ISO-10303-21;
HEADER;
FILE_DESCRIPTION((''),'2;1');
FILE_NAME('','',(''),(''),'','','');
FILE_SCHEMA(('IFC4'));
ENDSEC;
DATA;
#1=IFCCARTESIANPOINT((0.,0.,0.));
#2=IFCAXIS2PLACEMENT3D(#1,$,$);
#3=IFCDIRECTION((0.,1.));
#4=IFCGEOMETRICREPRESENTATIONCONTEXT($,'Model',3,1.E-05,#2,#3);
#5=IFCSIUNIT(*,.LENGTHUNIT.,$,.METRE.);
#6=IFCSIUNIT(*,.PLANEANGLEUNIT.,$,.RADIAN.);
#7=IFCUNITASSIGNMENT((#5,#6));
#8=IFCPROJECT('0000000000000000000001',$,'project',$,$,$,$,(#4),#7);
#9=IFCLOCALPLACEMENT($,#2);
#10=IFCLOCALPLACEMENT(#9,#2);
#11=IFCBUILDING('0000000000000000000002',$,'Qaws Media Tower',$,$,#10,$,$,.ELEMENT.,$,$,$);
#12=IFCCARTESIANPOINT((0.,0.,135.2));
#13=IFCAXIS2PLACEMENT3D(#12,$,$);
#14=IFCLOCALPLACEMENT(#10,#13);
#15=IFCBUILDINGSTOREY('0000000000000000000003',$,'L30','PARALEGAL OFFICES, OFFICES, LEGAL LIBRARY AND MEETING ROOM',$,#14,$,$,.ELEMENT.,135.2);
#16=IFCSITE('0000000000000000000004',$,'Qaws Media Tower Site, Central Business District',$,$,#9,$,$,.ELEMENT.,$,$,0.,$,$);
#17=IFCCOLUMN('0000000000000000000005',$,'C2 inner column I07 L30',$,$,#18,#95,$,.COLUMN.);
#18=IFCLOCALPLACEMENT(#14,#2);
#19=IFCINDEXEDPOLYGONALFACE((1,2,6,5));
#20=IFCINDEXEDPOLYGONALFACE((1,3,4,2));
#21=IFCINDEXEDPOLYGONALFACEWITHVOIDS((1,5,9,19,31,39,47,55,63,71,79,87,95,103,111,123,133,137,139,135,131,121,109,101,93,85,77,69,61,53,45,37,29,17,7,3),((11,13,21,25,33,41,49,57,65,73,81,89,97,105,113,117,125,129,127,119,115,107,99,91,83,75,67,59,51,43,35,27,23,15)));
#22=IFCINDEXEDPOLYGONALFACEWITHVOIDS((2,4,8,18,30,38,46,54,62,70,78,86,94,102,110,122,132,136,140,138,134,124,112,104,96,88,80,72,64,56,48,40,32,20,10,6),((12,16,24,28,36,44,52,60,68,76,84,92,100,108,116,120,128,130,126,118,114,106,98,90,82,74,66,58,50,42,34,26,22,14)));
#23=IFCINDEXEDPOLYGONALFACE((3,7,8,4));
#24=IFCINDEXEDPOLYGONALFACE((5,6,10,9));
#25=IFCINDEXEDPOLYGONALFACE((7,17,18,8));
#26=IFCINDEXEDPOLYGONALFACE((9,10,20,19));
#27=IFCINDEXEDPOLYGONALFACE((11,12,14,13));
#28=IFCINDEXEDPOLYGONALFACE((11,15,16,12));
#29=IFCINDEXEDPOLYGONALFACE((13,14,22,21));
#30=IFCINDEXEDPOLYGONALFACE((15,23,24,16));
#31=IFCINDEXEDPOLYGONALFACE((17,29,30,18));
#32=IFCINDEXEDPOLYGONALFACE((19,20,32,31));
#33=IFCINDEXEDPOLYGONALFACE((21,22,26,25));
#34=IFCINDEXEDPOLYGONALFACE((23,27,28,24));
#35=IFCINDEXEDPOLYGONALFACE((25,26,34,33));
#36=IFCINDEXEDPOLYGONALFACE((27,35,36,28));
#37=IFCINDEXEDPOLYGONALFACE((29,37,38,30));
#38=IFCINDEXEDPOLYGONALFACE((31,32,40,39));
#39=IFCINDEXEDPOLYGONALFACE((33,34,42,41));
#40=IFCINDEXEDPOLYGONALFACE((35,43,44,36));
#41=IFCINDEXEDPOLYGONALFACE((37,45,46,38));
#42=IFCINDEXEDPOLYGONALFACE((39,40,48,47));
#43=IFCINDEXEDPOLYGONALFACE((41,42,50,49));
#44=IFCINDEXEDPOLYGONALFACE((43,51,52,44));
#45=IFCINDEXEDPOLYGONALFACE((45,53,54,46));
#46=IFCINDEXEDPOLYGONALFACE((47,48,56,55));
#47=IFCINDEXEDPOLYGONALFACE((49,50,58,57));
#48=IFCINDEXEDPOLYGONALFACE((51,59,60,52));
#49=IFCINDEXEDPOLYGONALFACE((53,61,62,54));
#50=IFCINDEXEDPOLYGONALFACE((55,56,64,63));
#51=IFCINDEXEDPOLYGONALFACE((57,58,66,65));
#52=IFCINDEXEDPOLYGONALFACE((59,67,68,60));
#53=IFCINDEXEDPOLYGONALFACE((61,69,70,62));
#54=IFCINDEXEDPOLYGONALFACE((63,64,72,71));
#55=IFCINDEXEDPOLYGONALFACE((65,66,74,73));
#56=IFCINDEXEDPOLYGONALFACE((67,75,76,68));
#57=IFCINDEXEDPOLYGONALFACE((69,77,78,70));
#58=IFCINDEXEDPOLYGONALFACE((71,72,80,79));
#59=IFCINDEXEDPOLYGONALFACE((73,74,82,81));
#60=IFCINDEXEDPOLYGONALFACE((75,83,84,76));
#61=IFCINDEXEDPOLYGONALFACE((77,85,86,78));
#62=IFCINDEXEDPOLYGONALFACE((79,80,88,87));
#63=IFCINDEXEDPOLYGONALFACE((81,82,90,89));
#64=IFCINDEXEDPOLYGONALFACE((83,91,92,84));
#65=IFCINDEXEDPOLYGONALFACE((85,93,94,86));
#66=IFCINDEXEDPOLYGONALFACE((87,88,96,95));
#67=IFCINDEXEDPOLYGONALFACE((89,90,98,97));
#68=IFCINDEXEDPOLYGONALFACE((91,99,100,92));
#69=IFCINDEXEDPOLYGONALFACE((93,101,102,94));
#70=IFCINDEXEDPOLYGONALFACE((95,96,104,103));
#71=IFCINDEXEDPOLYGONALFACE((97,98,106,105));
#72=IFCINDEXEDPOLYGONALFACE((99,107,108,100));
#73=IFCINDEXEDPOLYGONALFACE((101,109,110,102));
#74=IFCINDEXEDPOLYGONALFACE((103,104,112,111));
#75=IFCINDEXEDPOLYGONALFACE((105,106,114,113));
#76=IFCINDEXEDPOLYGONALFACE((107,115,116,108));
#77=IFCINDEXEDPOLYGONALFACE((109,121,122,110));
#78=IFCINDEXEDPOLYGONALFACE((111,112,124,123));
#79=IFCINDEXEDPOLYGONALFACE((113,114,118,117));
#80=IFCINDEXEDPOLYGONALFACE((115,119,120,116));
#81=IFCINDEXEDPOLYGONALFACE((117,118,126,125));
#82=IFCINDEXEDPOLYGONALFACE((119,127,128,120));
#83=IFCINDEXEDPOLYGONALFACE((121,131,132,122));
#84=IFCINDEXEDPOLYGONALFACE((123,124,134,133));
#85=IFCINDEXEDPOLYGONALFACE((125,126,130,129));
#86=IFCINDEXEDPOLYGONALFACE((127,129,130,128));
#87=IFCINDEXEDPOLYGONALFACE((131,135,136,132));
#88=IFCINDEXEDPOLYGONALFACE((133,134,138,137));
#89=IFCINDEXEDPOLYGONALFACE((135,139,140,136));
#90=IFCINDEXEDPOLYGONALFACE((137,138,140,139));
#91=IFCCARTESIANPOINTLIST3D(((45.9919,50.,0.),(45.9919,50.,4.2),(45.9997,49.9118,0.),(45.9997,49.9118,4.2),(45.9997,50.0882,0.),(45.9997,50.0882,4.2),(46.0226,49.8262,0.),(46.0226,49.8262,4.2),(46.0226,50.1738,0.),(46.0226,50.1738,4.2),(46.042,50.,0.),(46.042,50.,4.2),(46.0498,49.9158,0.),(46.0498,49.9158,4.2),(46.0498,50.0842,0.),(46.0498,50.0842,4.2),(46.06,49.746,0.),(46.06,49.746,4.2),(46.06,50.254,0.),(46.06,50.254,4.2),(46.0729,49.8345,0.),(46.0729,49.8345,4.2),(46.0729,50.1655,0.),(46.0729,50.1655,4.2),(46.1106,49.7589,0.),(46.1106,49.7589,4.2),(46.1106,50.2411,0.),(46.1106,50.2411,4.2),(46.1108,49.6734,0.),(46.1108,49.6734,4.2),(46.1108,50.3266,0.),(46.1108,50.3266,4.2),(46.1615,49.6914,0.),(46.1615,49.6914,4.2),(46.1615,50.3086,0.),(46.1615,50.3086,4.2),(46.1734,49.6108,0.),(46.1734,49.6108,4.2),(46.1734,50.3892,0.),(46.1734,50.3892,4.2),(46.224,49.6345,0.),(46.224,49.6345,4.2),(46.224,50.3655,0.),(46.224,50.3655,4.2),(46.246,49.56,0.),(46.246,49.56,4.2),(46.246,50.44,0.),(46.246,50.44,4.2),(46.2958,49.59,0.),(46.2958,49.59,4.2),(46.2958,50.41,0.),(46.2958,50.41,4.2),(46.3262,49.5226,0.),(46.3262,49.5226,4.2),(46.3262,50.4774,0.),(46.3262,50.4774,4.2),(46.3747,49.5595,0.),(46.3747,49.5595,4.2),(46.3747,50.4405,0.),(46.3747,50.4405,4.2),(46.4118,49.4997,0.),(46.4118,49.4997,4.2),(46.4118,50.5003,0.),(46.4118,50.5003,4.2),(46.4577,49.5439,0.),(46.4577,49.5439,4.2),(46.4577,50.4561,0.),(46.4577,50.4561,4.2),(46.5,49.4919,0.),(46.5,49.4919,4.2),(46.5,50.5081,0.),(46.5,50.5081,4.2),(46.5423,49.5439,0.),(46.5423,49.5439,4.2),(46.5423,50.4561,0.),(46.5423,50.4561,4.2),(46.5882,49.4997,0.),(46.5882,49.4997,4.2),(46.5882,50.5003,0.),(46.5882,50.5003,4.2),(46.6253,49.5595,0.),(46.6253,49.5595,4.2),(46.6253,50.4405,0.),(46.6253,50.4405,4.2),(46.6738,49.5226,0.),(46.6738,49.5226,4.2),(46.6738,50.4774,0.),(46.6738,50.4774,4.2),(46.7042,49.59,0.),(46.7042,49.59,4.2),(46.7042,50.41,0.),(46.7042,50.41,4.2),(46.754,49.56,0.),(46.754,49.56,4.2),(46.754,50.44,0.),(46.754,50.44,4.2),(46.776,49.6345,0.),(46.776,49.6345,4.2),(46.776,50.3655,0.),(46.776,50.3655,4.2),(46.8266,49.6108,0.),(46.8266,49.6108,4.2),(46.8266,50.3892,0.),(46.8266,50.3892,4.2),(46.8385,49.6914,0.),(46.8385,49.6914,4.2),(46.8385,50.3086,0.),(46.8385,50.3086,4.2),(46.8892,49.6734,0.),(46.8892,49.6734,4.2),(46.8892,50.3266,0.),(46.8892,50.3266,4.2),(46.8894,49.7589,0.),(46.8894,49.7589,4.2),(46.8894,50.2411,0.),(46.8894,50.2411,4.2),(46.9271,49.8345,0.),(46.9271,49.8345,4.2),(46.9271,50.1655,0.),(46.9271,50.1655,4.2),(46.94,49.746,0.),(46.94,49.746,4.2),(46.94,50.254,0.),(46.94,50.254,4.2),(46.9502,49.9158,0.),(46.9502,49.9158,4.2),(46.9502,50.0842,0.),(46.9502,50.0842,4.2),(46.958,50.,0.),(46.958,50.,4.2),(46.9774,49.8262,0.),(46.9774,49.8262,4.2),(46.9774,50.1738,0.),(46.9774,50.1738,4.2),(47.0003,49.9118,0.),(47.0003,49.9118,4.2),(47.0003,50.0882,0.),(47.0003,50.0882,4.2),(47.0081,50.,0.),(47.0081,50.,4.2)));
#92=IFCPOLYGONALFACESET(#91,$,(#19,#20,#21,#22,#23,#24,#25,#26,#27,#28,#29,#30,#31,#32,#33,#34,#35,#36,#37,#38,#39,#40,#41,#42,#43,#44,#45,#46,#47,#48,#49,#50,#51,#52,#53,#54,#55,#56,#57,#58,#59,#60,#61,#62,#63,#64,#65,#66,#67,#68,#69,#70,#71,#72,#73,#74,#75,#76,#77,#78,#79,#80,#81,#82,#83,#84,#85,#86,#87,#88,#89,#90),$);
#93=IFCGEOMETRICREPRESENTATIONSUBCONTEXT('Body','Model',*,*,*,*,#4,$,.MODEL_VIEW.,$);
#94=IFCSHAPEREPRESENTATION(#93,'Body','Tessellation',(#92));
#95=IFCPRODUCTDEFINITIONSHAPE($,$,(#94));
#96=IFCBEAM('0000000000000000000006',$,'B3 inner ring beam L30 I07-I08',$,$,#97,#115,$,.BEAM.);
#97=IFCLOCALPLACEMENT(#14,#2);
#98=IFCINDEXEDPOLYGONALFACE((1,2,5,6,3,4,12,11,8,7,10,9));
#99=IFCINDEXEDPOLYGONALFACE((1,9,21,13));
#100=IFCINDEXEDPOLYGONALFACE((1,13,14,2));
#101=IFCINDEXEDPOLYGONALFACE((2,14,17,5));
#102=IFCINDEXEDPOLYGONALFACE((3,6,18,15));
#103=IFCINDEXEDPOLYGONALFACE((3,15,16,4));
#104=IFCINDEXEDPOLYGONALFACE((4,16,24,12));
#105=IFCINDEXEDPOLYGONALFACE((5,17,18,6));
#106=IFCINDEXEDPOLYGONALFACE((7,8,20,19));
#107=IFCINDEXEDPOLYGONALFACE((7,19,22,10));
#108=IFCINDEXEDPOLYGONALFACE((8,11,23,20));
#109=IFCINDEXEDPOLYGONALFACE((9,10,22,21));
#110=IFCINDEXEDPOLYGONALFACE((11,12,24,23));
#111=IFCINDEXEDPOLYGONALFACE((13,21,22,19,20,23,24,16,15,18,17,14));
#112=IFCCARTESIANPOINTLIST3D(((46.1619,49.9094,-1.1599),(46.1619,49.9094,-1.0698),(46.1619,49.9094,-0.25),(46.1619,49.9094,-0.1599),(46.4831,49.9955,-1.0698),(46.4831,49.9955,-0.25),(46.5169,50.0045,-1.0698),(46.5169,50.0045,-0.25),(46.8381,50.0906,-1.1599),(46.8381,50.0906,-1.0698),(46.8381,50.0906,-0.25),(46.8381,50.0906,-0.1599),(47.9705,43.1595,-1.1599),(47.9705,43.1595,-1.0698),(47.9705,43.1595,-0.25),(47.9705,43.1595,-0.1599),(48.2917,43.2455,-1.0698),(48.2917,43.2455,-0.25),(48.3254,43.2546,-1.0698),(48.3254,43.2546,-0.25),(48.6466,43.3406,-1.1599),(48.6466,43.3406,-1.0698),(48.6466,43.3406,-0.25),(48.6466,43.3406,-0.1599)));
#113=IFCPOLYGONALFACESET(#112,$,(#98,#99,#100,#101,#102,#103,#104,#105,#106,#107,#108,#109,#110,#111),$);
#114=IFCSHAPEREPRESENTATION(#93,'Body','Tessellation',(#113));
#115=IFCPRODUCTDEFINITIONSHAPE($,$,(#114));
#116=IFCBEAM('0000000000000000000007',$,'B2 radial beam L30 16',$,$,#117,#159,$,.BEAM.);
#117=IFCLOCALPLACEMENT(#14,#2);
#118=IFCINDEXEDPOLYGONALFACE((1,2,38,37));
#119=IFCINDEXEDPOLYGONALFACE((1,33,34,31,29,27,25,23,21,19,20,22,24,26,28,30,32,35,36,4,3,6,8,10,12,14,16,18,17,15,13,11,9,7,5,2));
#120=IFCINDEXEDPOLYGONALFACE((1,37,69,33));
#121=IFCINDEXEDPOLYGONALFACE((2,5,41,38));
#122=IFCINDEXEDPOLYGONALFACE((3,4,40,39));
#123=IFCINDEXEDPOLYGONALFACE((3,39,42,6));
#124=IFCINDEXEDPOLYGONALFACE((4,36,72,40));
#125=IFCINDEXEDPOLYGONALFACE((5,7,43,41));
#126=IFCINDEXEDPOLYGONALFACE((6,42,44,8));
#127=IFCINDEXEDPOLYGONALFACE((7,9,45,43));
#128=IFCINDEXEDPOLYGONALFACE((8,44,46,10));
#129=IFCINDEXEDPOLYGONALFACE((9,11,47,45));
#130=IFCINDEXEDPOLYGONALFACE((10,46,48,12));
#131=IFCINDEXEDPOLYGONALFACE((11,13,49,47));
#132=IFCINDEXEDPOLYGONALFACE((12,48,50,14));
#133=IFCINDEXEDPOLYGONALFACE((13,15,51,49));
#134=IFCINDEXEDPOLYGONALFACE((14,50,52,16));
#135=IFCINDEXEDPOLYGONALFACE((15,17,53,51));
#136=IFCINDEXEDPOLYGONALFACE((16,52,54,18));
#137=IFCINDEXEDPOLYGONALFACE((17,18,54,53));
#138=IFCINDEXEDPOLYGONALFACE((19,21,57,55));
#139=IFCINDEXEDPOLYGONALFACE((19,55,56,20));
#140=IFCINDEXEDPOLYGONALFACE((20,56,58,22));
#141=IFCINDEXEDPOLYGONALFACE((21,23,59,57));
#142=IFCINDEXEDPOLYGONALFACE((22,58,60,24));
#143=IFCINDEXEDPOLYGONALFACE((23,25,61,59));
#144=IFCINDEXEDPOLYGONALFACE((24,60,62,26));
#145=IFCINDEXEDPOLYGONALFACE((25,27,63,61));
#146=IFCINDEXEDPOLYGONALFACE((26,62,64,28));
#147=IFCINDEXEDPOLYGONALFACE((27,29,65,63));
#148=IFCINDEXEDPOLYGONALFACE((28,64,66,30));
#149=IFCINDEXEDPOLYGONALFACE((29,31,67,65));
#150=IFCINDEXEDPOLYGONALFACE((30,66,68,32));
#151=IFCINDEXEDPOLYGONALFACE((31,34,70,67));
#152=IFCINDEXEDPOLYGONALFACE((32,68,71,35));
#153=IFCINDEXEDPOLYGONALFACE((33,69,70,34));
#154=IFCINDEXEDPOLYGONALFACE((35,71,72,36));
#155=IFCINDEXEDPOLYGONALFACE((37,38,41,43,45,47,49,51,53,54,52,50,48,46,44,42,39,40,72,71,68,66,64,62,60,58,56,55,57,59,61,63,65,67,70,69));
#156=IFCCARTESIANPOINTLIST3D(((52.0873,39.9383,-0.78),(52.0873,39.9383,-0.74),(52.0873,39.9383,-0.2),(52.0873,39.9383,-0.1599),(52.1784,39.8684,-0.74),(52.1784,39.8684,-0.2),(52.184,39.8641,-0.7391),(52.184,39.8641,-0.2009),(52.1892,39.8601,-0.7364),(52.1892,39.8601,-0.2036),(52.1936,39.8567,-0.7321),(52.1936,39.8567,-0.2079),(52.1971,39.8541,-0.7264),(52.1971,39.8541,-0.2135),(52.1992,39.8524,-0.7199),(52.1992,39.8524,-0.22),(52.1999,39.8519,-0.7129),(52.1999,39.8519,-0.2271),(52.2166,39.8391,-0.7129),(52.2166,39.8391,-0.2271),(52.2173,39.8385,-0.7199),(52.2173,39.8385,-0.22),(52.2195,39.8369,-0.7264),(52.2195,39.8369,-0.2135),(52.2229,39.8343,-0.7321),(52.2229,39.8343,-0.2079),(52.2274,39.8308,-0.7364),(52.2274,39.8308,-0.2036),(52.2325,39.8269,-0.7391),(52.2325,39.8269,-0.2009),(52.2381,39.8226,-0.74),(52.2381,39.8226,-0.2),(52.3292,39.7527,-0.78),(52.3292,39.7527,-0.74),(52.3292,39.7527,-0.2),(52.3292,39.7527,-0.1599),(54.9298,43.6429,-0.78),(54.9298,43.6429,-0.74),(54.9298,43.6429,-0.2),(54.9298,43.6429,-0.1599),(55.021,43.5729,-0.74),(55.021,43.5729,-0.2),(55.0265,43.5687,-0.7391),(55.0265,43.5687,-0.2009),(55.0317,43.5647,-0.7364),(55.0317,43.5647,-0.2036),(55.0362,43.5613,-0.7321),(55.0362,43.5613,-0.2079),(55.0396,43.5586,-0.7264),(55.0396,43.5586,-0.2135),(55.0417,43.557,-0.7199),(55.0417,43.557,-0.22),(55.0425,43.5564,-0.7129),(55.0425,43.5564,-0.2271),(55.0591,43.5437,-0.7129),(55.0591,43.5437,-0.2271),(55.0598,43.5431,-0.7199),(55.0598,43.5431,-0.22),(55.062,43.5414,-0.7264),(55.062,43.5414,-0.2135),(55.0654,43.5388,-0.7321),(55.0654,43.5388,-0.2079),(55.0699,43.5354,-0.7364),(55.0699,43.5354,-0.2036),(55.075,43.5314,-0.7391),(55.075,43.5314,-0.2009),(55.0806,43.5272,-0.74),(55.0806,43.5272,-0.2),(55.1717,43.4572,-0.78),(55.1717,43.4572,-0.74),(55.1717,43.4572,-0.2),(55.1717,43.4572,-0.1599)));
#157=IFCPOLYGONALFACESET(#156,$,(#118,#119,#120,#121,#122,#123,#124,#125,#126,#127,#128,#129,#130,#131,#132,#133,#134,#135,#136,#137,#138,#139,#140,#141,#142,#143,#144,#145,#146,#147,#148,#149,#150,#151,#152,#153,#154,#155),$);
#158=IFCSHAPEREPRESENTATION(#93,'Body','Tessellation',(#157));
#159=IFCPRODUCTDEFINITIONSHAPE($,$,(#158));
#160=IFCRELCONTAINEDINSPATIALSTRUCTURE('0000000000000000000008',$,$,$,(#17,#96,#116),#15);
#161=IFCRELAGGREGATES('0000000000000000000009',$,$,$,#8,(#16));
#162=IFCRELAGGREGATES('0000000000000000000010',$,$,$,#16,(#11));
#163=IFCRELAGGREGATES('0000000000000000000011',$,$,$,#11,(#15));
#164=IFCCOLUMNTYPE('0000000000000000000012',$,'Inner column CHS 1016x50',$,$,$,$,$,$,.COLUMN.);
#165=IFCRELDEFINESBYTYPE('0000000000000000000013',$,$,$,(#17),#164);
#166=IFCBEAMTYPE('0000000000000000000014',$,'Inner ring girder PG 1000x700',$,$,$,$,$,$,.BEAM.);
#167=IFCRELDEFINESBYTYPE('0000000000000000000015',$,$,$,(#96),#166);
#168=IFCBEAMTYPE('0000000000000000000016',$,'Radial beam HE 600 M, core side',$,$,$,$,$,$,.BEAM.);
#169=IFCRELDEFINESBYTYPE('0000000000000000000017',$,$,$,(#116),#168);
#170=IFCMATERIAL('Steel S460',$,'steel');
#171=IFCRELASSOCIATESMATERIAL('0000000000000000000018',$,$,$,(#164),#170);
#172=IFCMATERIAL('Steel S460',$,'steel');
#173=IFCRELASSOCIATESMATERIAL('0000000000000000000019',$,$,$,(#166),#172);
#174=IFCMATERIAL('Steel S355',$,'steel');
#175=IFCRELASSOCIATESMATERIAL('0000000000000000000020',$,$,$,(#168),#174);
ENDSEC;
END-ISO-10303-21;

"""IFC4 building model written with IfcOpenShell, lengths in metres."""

from ifc_helpers import new_model, si_unit, direction, frame, origin, origin_2d, place, context, subcontext, project, spatial, hollow_circle, i_section, extrude, material, material_profile, profile_set, type_object, element, save


model = new_model("IFC4")

# Units and contexts
model_context = context("Model", 3, precision=1e-05, world=origin(), true_north=direction((0.0, 1.0)))
body_context = subcontext(model_context, "Body", "Model", "MODEL_VIEW")
ifc_project = project(units=[si_unit("LENGTHUNIT", "METRE"), si_unit("PLANEANGLEUNIT", "RADIAN")], contexts=[model_context])

# Site, building, storey
site_placement = place(None, origin())
site = spatial("IfcSite", under=ifc_project, at=site_placement, Name="Qaws Media Tower Site, Central Business District", CompositionType="ELEMENT", RefElevation=0.0)
building_placement = place(site_placement, origin())
building = spatial("IfcBuilding", under=site, at=building_placement, Name="Qaws Media Tower", CompositionType="ELEMENT")
storey_placement = place(building_placement, frame((0.0, 0.0, 135.2)))
storey = spatial("IfcBuildingStorey", under=building, at=storey_placement, Name="L30", Description="PARALEGAL OFFICES, OFFICES, LEGAL LIBRARY AND MEETING ROOM", CompositionType="ELEMENT", Elevation=135.2)

# Column
ifc_material_1 = material(Name="Steel S460", Category="steel")
ifc_material_profile_1 = material_profile(ifc_material_1, hollow_circle(Radius=0.5081, WallThickness=0.05, at=origin_2d()), Name="CHS 1016x50")
ifc_profile_set_1 = profile_set([ifc_material_profile_1], Name="Steel S460")
column_type = type_object("IfcColumnType", Name="Inner column CHS 1016x50", PredefinedType="COLUMN", material=ifc_profile_set_1)
column_placement = place(storey_placement, frame((46.5, 50.0, 0.0), z_axis=(0.0, 0.0, 1.0), x_axis=(1.0, 0.0, 0.0)))
element("IfcColumn", 1, at=column_placement, inside=storey, type_object=column_type, Name="C2 inner column I07 L30", PredefinedType="COLUMN", context=body_context, shape_type="SweptSolid", body=[
    extrude(hollow_circle(Radius=0.5081, WallThickness=0.05, at=origin_2d()), origin(), (0.0, 0.0, 1.0), 4.2),
])

# Beams
ifc_material_2 = material(Name="Steel S460", Category="steel")
ifc_material_profile_2 = material_profile(ifc_material_2, i_section(OverallWidth=0.7, OverallDepth=1.0, WebThickness=0.0349, FlangeThickness=0.0901, at=origin_2d()), Name="PG 1000x700")
ifc_profile_set_2 = profile_set([ifc_material_profile_2], Name="Steel S460")
beam_type_1 = type_object("IfcBeamType", Name="Inner ring girder PG 1000x700", PredefinedType="BEAM", material=ifc_profile_set_2)
beam_1_placement = place(storey_placement, frame((46.5, 50.0, -0.6599), z_axis=(0.258811, -0.965928, 0.0), x_axis=(0.965928, 0.258811, 0.0)))
element("IfcBeam", 2, at=beam_1_placement, inside=storey, type_object=beam_type_1, Name="B3 inner ring beam L30 I07-I08", PredefinedType="BEAM", context=body_context, shape_type="SweptSolid", body=[
    extrude(i_section(OverallWidth=0.7, OverallDepth=1.0, WebThickness=0.0349, FlangeThickness=0.0901, at=origin_2d()), origin(), (0.0, 0.0, 1.0), 6.988),
])
ifc_material_3 = material(Name="Steel S355", Category="steel")
ifc_material_profile_3 = material_profile(ifc_material_3, i_section(OverallWidth=0.3049, OverallDepth=0.6201, WebThickness=0.021, FlangeThickness=0.04, FilletRadius=0.0271, at=origin_2d()), Name="HE 600 M")
ifc_profile_set_3 = profile_set([ifc_material_profile_3], Name="Steel S355")
beam_type_2 = type_object("IfcBeamType", Name="Radial beam HE 600 M, core side", PredefinedType="BEAM", material=ifc_profile_set_3)
beam_2_placement = place(storey_placement, frame((55.0508, 43.55, -0.47), z_axis=(-0.608748, -0.793364, 0.0), x_axis=(0.793364, -0.608748, 0.0)))
element("IfcBeam", 3, at=beam_2_placement, inside=storey, type_object=beam_type_2, Name="B2 radial beam L30 16", PredefinedType="BEAM", context=body_context, shape_type="SweptSolid", body=[
    extrude(i_section(OverallWidth=0.3049, OverallDepth=0.6201, WebThickness=0.021, FlangeThickness=0.04, FilletRadius=0.0271, at=origin_2d()), origin(), (0.0, 0.0, 1.0), 4.6694),
])

save(model, "model.ifc")
